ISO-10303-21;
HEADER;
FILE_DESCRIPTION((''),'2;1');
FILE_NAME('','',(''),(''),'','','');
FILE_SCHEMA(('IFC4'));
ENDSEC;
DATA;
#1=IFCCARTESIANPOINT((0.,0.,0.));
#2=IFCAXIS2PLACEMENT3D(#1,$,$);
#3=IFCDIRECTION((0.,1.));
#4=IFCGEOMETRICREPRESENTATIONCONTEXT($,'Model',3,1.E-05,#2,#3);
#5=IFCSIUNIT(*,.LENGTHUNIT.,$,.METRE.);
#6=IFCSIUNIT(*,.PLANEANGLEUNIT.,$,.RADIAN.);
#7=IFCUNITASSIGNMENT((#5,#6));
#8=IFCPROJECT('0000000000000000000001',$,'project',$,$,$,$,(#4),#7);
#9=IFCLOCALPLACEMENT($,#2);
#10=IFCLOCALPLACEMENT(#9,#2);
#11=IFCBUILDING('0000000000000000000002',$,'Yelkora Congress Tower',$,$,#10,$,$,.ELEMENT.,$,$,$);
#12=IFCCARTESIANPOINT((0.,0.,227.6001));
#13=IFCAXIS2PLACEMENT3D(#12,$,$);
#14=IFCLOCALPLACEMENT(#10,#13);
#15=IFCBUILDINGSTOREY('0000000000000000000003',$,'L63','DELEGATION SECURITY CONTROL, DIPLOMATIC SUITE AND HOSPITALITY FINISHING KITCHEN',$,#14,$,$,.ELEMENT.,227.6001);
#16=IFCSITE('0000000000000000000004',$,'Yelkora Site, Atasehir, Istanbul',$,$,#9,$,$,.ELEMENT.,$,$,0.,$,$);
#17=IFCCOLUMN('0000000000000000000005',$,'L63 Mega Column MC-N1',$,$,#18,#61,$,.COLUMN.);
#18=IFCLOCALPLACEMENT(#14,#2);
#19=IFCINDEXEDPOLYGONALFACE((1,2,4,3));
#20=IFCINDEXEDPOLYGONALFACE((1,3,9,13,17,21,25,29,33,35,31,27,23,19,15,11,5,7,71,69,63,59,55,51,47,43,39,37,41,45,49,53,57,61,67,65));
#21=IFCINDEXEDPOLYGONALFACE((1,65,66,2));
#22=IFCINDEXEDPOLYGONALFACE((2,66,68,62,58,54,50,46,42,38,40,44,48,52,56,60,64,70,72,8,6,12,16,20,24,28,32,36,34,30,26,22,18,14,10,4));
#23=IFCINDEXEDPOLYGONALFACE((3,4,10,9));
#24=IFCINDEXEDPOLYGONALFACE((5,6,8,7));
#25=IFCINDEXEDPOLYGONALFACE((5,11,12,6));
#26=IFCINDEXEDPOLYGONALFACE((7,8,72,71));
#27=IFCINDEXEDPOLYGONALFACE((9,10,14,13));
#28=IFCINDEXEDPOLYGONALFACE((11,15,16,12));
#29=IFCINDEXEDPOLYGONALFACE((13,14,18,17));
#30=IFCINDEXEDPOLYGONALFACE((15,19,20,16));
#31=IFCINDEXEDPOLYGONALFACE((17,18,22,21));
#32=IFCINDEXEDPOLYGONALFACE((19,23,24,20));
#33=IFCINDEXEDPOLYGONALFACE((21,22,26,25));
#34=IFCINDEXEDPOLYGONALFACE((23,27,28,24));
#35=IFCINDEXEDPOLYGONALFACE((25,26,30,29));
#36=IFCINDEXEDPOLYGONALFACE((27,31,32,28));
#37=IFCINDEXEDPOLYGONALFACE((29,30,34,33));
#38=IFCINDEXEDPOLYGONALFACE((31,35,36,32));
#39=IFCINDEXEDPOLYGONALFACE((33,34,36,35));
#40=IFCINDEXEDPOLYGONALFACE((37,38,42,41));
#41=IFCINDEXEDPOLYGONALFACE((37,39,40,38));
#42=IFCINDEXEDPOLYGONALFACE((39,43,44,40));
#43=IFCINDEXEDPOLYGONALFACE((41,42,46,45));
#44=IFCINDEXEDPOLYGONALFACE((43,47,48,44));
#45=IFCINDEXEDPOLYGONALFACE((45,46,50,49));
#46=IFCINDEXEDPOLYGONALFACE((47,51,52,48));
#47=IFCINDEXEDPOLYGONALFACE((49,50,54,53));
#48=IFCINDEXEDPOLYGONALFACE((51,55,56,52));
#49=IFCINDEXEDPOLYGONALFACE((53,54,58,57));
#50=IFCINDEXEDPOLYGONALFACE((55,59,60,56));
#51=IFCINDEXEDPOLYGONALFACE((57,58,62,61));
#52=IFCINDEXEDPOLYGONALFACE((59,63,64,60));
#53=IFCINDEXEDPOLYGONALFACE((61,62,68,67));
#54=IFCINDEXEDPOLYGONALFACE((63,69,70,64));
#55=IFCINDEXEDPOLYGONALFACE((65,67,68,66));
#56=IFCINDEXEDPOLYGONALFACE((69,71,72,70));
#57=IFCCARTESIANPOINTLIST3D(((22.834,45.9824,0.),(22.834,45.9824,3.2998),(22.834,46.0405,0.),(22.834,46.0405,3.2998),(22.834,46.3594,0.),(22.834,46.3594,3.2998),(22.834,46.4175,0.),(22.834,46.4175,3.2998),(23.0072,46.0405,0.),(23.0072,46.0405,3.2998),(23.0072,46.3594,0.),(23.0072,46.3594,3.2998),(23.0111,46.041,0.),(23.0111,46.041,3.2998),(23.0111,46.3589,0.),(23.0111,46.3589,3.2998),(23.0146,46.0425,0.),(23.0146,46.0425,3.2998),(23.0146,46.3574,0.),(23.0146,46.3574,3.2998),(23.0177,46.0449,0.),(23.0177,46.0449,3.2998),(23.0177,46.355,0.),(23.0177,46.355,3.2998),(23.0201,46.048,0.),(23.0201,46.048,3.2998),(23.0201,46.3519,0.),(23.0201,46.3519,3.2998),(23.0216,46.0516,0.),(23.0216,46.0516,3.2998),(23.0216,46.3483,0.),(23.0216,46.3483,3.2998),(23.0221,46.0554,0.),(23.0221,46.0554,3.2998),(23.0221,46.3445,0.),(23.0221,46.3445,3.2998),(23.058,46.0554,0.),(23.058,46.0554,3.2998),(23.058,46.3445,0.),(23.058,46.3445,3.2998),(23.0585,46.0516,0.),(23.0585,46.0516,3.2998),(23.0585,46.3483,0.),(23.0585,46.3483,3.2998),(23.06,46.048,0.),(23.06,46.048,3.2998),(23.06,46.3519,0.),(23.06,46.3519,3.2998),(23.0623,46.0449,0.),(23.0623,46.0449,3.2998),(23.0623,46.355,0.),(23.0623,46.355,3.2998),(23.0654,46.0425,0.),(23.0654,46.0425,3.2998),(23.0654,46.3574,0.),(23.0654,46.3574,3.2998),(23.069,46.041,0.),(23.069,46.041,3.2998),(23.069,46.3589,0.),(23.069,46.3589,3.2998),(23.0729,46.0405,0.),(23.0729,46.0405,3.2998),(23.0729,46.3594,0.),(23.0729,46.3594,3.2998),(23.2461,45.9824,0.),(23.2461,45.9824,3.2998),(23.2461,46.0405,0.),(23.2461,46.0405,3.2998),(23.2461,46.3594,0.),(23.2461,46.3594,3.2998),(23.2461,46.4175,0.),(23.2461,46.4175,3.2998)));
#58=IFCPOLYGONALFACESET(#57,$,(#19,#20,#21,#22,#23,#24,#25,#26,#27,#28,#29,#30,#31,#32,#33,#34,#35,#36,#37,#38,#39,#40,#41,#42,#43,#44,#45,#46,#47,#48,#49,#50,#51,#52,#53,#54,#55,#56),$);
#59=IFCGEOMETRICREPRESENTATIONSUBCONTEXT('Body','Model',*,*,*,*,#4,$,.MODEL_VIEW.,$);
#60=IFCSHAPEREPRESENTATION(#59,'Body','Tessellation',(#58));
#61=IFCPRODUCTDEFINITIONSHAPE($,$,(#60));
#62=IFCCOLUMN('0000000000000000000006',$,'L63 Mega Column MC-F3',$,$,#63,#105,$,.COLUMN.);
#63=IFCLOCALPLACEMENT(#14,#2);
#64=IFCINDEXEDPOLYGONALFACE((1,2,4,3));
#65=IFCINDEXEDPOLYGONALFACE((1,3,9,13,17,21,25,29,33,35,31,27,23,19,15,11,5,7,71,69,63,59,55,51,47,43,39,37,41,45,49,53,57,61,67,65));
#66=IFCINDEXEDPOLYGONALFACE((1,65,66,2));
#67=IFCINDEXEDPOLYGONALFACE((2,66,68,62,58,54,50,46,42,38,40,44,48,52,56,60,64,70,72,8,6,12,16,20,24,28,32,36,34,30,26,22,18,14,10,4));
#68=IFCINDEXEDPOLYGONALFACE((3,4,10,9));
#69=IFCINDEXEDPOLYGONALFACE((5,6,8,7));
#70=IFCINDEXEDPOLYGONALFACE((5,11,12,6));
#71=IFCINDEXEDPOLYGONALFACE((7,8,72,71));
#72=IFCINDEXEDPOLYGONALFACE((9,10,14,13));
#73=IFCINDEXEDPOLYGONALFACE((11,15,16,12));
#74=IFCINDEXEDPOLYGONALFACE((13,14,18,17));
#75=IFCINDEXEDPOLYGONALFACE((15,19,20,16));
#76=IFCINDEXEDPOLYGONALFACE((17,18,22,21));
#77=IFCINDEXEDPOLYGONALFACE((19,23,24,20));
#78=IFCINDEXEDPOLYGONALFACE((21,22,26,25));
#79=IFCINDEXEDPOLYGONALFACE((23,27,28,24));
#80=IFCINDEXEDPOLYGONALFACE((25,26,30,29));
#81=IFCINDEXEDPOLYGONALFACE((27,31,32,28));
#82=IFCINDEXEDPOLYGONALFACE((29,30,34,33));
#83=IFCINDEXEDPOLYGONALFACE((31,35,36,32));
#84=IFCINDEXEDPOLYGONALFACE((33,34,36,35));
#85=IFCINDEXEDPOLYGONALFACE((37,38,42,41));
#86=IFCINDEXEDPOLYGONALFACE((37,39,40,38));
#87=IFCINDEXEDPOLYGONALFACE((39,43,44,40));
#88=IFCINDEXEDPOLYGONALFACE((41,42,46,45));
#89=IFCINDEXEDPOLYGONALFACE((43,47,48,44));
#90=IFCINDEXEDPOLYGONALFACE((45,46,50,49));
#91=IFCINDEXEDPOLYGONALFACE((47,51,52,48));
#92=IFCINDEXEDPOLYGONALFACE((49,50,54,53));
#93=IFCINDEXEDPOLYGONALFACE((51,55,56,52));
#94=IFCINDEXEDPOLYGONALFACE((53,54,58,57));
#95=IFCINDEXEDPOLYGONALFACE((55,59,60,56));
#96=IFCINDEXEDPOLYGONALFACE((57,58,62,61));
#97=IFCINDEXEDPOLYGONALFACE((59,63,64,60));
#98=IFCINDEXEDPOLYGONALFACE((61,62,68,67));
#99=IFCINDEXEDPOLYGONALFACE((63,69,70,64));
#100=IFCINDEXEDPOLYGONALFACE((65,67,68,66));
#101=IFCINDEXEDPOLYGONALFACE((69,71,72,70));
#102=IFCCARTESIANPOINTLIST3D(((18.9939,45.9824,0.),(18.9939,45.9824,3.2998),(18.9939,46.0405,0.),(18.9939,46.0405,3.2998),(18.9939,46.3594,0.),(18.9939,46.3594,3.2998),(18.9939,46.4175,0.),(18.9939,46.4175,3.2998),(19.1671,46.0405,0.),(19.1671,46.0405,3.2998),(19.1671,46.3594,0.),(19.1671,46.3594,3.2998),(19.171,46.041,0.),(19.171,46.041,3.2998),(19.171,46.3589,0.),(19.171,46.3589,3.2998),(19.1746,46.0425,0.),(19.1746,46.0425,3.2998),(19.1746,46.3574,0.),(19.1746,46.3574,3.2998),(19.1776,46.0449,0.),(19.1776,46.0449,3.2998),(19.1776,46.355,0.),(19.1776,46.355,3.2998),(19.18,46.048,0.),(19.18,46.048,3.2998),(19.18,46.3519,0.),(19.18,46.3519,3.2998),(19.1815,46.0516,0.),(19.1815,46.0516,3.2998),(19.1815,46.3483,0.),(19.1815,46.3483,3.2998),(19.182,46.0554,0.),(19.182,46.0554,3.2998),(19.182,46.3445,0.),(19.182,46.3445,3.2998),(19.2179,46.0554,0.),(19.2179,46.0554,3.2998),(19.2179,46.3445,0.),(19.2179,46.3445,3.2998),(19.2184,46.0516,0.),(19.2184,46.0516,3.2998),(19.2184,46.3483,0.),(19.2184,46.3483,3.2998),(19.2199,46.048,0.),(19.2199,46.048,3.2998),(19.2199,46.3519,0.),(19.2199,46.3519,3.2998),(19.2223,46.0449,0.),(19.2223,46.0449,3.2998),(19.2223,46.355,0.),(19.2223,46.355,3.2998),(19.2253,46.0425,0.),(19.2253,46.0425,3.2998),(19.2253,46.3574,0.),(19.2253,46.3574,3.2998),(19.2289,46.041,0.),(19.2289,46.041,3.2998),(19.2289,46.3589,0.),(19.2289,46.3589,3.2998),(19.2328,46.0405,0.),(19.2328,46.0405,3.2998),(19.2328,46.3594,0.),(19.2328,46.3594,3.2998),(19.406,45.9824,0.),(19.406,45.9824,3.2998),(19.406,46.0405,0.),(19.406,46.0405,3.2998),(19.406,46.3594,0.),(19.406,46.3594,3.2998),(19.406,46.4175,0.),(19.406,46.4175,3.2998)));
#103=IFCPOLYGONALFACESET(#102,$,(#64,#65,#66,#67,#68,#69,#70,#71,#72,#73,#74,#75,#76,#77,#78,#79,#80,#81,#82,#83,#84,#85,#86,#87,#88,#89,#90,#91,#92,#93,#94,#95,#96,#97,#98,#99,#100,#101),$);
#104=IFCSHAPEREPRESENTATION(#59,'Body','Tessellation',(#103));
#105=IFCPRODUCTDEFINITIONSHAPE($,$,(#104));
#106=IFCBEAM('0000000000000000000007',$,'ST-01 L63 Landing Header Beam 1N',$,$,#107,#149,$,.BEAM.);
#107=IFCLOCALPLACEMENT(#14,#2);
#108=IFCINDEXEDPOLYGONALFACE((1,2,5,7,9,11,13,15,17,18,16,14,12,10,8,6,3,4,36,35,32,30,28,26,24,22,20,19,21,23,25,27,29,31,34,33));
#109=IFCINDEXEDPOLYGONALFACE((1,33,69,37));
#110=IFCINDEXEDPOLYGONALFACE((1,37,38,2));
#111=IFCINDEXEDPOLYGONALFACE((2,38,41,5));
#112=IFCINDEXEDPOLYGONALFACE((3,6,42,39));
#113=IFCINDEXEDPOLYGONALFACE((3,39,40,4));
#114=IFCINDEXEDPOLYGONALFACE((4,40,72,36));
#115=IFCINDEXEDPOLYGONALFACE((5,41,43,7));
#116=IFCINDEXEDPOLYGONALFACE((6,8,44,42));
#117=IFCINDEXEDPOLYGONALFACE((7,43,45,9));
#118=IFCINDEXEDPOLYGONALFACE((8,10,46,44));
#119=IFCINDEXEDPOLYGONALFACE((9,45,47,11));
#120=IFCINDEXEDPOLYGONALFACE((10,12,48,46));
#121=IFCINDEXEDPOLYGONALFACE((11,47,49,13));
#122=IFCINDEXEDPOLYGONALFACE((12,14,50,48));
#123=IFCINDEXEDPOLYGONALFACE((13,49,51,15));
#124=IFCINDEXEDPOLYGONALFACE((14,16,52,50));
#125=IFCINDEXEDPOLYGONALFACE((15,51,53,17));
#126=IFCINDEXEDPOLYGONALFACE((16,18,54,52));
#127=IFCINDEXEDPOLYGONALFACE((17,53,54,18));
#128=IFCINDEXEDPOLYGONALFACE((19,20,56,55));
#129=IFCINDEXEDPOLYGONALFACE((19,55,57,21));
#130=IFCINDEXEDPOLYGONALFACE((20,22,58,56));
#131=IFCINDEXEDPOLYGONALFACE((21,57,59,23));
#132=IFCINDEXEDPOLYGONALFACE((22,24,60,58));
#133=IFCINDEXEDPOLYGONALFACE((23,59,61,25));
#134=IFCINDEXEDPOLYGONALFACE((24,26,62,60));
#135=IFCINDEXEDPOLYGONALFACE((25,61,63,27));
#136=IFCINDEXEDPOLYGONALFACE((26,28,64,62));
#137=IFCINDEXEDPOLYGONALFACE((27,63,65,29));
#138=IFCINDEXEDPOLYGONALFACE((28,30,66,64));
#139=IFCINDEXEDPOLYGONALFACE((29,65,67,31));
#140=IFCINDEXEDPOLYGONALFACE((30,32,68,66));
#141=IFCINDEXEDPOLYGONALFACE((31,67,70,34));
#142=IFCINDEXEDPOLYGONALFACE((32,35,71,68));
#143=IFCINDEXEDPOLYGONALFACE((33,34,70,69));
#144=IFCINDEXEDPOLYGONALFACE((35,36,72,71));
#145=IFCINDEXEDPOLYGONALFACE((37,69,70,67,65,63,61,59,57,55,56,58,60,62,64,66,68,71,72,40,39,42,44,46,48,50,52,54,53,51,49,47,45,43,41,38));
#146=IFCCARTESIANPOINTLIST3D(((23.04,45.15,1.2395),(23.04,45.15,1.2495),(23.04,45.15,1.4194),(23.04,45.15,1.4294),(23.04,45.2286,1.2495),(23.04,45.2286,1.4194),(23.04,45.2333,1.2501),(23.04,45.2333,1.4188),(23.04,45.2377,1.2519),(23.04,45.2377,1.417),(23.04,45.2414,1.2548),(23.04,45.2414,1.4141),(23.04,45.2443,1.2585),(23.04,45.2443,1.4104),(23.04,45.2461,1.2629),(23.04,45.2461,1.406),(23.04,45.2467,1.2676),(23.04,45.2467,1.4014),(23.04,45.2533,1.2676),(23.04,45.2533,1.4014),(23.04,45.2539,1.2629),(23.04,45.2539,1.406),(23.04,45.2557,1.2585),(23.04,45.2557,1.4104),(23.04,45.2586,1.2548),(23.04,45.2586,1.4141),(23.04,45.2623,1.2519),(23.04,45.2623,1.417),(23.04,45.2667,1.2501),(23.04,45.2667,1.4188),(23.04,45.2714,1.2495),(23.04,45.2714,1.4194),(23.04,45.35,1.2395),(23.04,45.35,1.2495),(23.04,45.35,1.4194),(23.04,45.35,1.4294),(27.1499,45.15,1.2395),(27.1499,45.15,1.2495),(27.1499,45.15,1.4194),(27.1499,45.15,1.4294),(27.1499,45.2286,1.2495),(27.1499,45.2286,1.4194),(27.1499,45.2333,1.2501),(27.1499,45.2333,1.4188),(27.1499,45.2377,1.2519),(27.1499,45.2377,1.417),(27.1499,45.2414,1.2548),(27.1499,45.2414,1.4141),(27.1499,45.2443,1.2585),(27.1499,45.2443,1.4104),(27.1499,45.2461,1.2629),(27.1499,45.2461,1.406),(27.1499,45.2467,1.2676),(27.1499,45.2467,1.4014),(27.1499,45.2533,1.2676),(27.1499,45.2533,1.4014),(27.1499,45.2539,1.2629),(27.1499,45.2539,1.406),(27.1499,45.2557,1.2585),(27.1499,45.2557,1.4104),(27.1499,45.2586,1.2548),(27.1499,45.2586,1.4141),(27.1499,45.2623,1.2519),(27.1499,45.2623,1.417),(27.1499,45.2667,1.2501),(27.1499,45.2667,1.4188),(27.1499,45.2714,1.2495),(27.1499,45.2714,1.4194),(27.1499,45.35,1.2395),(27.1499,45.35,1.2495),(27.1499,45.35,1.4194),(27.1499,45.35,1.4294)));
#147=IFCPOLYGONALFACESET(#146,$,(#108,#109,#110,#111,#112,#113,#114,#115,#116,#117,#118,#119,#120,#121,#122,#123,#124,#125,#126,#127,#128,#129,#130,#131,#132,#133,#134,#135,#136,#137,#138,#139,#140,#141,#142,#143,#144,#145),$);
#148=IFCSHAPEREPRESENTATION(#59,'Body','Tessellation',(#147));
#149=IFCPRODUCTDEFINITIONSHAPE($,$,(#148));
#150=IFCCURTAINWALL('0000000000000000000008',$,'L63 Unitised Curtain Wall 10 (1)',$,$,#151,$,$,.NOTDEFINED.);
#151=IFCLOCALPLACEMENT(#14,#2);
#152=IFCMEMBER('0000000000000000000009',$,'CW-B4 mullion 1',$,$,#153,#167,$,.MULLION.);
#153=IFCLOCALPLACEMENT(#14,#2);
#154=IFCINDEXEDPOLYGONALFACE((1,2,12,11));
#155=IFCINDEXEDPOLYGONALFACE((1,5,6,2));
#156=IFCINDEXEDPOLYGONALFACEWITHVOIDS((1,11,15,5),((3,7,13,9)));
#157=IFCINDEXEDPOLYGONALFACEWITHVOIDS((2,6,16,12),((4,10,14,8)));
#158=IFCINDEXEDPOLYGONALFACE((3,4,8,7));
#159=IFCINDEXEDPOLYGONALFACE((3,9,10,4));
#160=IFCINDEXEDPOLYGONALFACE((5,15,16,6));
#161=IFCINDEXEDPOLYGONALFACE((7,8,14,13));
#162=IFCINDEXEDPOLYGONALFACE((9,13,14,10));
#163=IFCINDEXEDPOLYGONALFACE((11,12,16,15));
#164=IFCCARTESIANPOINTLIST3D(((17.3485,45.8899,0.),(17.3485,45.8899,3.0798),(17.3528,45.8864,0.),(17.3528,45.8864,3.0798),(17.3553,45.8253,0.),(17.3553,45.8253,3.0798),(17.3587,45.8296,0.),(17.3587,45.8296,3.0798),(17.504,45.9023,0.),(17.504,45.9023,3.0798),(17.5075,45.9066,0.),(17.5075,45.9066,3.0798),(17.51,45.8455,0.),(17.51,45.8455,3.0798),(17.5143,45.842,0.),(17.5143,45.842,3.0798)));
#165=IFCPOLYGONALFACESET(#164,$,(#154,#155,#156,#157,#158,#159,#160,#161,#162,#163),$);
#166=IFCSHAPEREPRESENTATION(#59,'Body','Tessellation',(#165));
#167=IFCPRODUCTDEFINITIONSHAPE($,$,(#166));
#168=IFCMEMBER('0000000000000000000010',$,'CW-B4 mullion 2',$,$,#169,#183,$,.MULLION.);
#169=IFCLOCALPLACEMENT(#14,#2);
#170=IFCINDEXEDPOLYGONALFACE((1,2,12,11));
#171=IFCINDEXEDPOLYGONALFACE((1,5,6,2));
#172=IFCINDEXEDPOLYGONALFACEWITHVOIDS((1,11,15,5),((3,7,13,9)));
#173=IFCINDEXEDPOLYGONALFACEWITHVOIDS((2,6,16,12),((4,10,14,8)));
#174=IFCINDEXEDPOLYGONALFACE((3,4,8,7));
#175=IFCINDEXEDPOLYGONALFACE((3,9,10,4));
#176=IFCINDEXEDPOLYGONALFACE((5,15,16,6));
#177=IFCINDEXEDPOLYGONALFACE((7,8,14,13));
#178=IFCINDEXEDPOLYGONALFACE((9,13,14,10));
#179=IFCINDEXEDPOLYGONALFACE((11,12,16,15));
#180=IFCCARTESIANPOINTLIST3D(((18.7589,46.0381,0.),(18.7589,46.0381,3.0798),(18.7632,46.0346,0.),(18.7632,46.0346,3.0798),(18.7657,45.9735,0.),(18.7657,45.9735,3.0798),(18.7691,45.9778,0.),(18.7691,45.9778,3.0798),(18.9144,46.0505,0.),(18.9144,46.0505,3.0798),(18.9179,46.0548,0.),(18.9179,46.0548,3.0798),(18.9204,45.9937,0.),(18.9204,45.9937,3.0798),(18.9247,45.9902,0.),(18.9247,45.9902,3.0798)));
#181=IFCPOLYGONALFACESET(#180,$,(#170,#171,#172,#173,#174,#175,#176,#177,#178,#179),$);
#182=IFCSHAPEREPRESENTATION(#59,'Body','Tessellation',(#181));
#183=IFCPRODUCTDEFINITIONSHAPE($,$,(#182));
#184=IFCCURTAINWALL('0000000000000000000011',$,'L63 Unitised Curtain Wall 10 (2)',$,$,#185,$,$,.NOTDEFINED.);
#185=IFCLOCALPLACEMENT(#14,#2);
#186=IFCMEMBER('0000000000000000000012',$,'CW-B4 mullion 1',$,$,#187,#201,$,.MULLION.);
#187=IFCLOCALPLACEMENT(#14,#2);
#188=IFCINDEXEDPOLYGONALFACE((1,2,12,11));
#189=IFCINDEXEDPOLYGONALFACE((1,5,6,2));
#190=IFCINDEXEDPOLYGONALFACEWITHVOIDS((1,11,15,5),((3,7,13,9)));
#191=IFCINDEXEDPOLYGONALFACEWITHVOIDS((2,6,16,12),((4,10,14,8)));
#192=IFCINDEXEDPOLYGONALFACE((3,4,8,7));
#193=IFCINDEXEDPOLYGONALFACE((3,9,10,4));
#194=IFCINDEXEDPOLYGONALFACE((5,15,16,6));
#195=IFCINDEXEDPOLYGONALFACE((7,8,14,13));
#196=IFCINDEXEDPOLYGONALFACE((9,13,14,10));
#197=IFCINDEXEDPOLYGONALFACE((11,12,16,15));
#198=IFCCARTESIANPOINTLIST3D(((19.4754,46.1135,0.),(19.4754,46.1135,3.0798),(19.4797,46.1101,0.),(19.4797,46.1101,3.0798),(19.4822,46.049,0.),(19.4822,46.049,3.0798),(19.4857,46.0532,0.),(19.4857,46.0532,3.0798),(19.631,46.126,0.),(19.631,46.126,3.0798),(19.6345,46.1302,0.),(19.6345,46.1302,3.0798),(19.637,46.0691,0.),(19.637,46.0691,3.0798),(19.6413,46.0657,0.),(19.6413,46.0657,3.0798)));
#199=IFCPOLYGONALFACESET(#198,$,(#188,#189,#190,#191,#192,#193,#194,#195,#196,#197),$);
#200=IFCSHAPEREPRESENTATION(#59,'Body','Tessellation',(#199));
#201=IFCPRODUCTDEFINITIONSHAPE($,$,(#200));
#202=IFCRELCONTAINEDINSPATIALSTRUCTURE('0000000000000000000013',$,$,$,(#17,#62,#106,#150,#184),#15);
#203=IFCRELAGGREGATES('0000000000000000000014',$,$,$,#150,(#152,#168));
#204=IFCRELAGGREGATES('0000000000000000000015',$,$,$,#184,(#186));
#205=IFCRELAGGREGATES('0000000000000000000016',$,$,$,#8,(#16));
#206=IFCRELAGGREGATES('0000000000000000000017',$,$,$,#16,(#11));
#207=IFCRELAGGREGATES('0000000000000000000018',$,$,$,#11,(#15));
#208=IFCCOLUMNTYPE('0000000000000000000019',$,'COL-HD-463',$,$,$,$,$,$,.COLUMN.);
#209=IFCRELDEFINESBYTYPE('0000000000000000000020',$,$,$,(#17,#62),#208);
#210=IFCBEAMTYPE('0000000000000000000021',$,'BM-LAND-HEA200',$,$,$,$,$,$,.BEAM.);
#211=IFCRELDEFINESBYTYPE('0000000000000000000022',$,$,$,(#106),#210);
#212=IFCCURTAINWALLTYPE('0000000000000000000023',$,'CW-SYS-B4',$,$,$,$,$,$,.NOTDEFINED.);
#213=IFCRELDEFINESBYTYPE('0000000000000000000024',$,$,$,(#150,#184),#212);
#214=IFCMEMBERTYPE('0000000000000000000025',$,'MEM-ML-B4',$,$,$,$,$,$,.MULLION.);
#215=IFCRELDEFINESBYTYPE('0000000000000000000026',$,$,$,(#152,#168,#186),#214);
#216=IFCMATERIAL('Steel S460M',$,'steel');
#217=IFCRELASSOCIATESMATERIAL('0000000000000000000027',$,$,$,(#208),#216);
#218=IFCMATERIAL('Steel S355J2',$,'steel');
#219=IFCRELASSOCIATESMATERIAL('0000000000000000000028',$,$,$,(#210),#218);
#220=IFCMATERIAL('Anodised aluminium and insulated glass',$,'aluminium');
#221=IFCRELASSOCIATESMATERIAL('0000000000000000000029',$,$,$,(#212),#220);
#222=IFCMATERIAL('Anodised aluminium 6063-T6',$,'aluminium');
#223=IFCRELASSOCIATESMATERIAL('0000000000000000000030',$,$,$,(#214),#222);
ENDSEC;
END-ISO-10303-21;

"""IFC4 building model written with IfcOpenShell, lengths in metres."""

from ifc_helpers import new_model, si_unit, direction, frame, origin, origin_2d, place, context, subcontext, project, spatial, hollow_rectangle, i_section, extrude, material, material_profile, profile_set, type_object, element, aggregate, save


model = new_model("IFC4")

# Units and contexts
model_context = context("Model", 3, precision=1e-05, world=origin(), true_north=direction((0.0, 1.0)))
body_context = subcontext(model_context, "Body", "Model", "MODEL_VIEW")
ifc_project = project(units=[si_unit("LENGTHUNIT", "METRE"), si_unit("PLANEANGLEUNIT", "RADIAN")], contexts=[model_context])

# Site, building, storey
site_placement = place(None, origin())
site = spatial("IfcSite", under=ifc_project, at=site_placement, Name="Yelkora Site, Atasehir, Istanbul", CompositionType="ELEMENT", RefElevation=0.0)
building_placement = place(site_placement, origin())
building = spatial("IfcBuilding", under=site, at=building_placement, Name="Yelkora Congress Tower", CompositionType="ELEMENT")
storey_placement = place(building_placement, frame((0.0, 0.0, 227.6001)))
storey = spatial("IfcBuildingStorey", under=building, at=storey_placement, Name="L63", Description="DELEGATION SECURITY CONTROL, DIPLOMATIC SUITE AND HOSPITALITY FINISHING KITCHEN", CompositionType="ELEMENT", Elevation=227.6001)

# Columns
ifc_material_1 = material(Name="Steel S460M", Category="steel")
ifc_material_profile_1 = material_profile(ifc_material_1, i_section(OverallWidth=0.4121, OverallDepth=0.4351, WebThickness=0.0359, FlangeThickness=0.0581, FilletRadius=0.0149, at=origin_2d()), Name="HD 400x463")
ifc_profile_set_1 = profile_set([ifc_material_profile_1], Name="Steel S460M")
column_type = type_object("IfcColumnType", Name="COL-HD-463", PredefinedType="COLUMN", material=ifc_profile_set_1)
for number, where, z_axis, x_axis, name in (
    (1, (23.04, 46.2, 0.0), (0.0, 0.0, 1.0), (1.0, 0.0, 0.0), "L63 Mega Column MC-N1"),
    (2, (19.2, 46.2, 0.0), (0.0, 0.0, 1.0), (1.0, 0.0, 0.0), "L63 Mega Column MC-F3"),
):
    element("IfcColumn", number, at=place(storey_placement, frame(where, z_axis=z_axis, x_axis=x_axis)), inside=storey, type_object=column_type, Name=name, PredefinedType="COLUMN", context=body_context, shape_type="SweptSolid", body=[
        extrude(i_section(OverallWidth=0.4121, OverallDepth=0.4351, WebThickness=0.0359, FlangeThickness=0.0581, FilletRadius=0.0149, at=origin_2d()), origin(), (0.0, 0.0, 1.0), 3.2998),
    ])

# Beam
ifc_material_2 = material(Name="Steel S355J2", Category="steel")
ifc_material_profile_2 = material_profile(ifc_material_2, i_section(OverallWidth=0.2, OverallDepth=0.1899, WebThickness=0.0066, FlangeThickness=0.01, FilletRadius=0.0181, at=origin_2d()), Name="HEA 200")
ifc_profile_set_2 = profile_set([ifc_material_profile_2], Name="Steel S355J2")
beam_type = type_object("IfcBeamType", Name="BM-LAND-HEA200", PredefinedType="BEAM", material=ifc_profile_set_2)
beam_placement = place(storey_placement, frame((23.04, 45.25, 1.3345), z_axis=(1.0, 0.0, 0.0), x_axis=(0.0, 1.0, 0.0)))
element("IfcBeam", 3, at=beam_placement, inside=storey, type_object=beam_type, Name="ST-01 L63 Landing Header Beam 1N", PredefinedType="BEAM", context=body_context, shape_type="SweptSolid", body=[
    extrude(i_section(OverallWidth=0.2, OverallDepth=0.1899, WebThickness=0.0066, FlangeThickness=0.01, FilletRadius=0.0181, at=origin_2d()), origin(), (0.0, 0.0, 1.0), 4.1099),
])

# Curtain walls, members
ifc_material_3 = material(Name="Anodised aluminium and insulated glass", Category="aluminium")
curtain_wall_type = type_object("IfcCurtainWallType", Name="CW-SYS-B4", PredefinedType="NOTDEFINED", material=ifc_material_3)
curtain_wall_1_placement = place(storey_placement, origin())
curtain_wall_1 = element("IfcCurtainWall", 4, at=curtain_wall_1_placement, inside=storey, type_object=curtain_wall_type, Name="L63 Unitised Curtain Wall 10 (1)", PredefinedType="NOTDEFINED")
ifc_material_4 = material(Name="Anodised aluminium 6063-T6", Category="aluminium")
ifc_material_profile_3 = material_profile(ifc_material_4, hollow_rectangle(XDim=0.0649, YDim=0.1599, WallThickness=0.0039, at=origin_2d()), Name="ALU 65x160x4")
ifc_profile_set_3 = profile_set([ifc_material_profile_3], Name="Anodised aluminium 6063-T6")
member_type_1 = type_object("IfcMemberType", Name="MEM-ML-B4", PredefinedType="MULLION", material=ifc_profile_set_3)
member_1_placement = place(storey_placement, frame((17.4314, 45.866, 0.0), z_axis=(0.0, 0.0, 1.0), x_axis=(-0.104509, 0.994524, 0.0)))
member_1 = element("IfcMember", 5, at=member_1_placement, type_object=member_type_1, Name="CW-B4 mullion 1", PredefinedType="MULLION", context=body_context, shape_type="SweptSolid", body=[
    extrude(hollow_rectangle(XDim=0.0649, YDim=0.1599, WallThickness=0.0039, at=origin_2d()), origin(), (0.0, 0.0, 1.0), 3.0798),
])
member_2_placement = place(storey_placement, frame((18.8418, 46.0142, 0.0), z_axis=(0.0, 0.0, 1.0), x_axis=(-0.104509, 0.994524, 0.0)))
member_2 = element("IfcMember", 6, at=member_2_placement, type_object=member_type_1, Name="CW-B4 mullion 2", PredefinedType="MULLION", context=body_context, shape_type="SweptSolid", body=[
    extrude(hollow_rectangle(XDim=0.0649, YDim=0.1599, WallThickness=0.0039, at=origin_2d()), origin(), (0.0, 0.0, 1.0), 3.0798),
])
curtain_wall_2_placement = place(storey_placement, origin())
curtain_wall_2 = element("IfcCurtainWall", 7, at=curtain_wall_2_placement, inside=storey, type_object=curtain_wall_type, Name="L63 Unitised Curtain Wall 10 (2)", PredefinedType="NOTDEFINED")
member_3_placement = place(storey_placement, frame((19.5583, 46.0896, 0.0), z_axis=(0.0, 0.0, 1.0), x_axis=(-0.104506, 0.994524, 0.0)))
member_3 = element("IfcMember", 8, at=member_3_placement, type_object=member_type_1, Name="CW-B4 mullion 1", PredefinedType="MULLION", context=body_context, shape_type="SweptSolid", body=[
    extrude(hollow_rectangle(XDim=0.0649, YDim=0.1599, WallThickness=0.0039, at=origin_2d()), origin(), (0.0, 0.0, 1.0), 3.0798),
])

aggregate(curtain_wall_1, [member_1, member_2])
aggregate(curtain_wall_2, [member_3])

save(model, "model.ifc")
